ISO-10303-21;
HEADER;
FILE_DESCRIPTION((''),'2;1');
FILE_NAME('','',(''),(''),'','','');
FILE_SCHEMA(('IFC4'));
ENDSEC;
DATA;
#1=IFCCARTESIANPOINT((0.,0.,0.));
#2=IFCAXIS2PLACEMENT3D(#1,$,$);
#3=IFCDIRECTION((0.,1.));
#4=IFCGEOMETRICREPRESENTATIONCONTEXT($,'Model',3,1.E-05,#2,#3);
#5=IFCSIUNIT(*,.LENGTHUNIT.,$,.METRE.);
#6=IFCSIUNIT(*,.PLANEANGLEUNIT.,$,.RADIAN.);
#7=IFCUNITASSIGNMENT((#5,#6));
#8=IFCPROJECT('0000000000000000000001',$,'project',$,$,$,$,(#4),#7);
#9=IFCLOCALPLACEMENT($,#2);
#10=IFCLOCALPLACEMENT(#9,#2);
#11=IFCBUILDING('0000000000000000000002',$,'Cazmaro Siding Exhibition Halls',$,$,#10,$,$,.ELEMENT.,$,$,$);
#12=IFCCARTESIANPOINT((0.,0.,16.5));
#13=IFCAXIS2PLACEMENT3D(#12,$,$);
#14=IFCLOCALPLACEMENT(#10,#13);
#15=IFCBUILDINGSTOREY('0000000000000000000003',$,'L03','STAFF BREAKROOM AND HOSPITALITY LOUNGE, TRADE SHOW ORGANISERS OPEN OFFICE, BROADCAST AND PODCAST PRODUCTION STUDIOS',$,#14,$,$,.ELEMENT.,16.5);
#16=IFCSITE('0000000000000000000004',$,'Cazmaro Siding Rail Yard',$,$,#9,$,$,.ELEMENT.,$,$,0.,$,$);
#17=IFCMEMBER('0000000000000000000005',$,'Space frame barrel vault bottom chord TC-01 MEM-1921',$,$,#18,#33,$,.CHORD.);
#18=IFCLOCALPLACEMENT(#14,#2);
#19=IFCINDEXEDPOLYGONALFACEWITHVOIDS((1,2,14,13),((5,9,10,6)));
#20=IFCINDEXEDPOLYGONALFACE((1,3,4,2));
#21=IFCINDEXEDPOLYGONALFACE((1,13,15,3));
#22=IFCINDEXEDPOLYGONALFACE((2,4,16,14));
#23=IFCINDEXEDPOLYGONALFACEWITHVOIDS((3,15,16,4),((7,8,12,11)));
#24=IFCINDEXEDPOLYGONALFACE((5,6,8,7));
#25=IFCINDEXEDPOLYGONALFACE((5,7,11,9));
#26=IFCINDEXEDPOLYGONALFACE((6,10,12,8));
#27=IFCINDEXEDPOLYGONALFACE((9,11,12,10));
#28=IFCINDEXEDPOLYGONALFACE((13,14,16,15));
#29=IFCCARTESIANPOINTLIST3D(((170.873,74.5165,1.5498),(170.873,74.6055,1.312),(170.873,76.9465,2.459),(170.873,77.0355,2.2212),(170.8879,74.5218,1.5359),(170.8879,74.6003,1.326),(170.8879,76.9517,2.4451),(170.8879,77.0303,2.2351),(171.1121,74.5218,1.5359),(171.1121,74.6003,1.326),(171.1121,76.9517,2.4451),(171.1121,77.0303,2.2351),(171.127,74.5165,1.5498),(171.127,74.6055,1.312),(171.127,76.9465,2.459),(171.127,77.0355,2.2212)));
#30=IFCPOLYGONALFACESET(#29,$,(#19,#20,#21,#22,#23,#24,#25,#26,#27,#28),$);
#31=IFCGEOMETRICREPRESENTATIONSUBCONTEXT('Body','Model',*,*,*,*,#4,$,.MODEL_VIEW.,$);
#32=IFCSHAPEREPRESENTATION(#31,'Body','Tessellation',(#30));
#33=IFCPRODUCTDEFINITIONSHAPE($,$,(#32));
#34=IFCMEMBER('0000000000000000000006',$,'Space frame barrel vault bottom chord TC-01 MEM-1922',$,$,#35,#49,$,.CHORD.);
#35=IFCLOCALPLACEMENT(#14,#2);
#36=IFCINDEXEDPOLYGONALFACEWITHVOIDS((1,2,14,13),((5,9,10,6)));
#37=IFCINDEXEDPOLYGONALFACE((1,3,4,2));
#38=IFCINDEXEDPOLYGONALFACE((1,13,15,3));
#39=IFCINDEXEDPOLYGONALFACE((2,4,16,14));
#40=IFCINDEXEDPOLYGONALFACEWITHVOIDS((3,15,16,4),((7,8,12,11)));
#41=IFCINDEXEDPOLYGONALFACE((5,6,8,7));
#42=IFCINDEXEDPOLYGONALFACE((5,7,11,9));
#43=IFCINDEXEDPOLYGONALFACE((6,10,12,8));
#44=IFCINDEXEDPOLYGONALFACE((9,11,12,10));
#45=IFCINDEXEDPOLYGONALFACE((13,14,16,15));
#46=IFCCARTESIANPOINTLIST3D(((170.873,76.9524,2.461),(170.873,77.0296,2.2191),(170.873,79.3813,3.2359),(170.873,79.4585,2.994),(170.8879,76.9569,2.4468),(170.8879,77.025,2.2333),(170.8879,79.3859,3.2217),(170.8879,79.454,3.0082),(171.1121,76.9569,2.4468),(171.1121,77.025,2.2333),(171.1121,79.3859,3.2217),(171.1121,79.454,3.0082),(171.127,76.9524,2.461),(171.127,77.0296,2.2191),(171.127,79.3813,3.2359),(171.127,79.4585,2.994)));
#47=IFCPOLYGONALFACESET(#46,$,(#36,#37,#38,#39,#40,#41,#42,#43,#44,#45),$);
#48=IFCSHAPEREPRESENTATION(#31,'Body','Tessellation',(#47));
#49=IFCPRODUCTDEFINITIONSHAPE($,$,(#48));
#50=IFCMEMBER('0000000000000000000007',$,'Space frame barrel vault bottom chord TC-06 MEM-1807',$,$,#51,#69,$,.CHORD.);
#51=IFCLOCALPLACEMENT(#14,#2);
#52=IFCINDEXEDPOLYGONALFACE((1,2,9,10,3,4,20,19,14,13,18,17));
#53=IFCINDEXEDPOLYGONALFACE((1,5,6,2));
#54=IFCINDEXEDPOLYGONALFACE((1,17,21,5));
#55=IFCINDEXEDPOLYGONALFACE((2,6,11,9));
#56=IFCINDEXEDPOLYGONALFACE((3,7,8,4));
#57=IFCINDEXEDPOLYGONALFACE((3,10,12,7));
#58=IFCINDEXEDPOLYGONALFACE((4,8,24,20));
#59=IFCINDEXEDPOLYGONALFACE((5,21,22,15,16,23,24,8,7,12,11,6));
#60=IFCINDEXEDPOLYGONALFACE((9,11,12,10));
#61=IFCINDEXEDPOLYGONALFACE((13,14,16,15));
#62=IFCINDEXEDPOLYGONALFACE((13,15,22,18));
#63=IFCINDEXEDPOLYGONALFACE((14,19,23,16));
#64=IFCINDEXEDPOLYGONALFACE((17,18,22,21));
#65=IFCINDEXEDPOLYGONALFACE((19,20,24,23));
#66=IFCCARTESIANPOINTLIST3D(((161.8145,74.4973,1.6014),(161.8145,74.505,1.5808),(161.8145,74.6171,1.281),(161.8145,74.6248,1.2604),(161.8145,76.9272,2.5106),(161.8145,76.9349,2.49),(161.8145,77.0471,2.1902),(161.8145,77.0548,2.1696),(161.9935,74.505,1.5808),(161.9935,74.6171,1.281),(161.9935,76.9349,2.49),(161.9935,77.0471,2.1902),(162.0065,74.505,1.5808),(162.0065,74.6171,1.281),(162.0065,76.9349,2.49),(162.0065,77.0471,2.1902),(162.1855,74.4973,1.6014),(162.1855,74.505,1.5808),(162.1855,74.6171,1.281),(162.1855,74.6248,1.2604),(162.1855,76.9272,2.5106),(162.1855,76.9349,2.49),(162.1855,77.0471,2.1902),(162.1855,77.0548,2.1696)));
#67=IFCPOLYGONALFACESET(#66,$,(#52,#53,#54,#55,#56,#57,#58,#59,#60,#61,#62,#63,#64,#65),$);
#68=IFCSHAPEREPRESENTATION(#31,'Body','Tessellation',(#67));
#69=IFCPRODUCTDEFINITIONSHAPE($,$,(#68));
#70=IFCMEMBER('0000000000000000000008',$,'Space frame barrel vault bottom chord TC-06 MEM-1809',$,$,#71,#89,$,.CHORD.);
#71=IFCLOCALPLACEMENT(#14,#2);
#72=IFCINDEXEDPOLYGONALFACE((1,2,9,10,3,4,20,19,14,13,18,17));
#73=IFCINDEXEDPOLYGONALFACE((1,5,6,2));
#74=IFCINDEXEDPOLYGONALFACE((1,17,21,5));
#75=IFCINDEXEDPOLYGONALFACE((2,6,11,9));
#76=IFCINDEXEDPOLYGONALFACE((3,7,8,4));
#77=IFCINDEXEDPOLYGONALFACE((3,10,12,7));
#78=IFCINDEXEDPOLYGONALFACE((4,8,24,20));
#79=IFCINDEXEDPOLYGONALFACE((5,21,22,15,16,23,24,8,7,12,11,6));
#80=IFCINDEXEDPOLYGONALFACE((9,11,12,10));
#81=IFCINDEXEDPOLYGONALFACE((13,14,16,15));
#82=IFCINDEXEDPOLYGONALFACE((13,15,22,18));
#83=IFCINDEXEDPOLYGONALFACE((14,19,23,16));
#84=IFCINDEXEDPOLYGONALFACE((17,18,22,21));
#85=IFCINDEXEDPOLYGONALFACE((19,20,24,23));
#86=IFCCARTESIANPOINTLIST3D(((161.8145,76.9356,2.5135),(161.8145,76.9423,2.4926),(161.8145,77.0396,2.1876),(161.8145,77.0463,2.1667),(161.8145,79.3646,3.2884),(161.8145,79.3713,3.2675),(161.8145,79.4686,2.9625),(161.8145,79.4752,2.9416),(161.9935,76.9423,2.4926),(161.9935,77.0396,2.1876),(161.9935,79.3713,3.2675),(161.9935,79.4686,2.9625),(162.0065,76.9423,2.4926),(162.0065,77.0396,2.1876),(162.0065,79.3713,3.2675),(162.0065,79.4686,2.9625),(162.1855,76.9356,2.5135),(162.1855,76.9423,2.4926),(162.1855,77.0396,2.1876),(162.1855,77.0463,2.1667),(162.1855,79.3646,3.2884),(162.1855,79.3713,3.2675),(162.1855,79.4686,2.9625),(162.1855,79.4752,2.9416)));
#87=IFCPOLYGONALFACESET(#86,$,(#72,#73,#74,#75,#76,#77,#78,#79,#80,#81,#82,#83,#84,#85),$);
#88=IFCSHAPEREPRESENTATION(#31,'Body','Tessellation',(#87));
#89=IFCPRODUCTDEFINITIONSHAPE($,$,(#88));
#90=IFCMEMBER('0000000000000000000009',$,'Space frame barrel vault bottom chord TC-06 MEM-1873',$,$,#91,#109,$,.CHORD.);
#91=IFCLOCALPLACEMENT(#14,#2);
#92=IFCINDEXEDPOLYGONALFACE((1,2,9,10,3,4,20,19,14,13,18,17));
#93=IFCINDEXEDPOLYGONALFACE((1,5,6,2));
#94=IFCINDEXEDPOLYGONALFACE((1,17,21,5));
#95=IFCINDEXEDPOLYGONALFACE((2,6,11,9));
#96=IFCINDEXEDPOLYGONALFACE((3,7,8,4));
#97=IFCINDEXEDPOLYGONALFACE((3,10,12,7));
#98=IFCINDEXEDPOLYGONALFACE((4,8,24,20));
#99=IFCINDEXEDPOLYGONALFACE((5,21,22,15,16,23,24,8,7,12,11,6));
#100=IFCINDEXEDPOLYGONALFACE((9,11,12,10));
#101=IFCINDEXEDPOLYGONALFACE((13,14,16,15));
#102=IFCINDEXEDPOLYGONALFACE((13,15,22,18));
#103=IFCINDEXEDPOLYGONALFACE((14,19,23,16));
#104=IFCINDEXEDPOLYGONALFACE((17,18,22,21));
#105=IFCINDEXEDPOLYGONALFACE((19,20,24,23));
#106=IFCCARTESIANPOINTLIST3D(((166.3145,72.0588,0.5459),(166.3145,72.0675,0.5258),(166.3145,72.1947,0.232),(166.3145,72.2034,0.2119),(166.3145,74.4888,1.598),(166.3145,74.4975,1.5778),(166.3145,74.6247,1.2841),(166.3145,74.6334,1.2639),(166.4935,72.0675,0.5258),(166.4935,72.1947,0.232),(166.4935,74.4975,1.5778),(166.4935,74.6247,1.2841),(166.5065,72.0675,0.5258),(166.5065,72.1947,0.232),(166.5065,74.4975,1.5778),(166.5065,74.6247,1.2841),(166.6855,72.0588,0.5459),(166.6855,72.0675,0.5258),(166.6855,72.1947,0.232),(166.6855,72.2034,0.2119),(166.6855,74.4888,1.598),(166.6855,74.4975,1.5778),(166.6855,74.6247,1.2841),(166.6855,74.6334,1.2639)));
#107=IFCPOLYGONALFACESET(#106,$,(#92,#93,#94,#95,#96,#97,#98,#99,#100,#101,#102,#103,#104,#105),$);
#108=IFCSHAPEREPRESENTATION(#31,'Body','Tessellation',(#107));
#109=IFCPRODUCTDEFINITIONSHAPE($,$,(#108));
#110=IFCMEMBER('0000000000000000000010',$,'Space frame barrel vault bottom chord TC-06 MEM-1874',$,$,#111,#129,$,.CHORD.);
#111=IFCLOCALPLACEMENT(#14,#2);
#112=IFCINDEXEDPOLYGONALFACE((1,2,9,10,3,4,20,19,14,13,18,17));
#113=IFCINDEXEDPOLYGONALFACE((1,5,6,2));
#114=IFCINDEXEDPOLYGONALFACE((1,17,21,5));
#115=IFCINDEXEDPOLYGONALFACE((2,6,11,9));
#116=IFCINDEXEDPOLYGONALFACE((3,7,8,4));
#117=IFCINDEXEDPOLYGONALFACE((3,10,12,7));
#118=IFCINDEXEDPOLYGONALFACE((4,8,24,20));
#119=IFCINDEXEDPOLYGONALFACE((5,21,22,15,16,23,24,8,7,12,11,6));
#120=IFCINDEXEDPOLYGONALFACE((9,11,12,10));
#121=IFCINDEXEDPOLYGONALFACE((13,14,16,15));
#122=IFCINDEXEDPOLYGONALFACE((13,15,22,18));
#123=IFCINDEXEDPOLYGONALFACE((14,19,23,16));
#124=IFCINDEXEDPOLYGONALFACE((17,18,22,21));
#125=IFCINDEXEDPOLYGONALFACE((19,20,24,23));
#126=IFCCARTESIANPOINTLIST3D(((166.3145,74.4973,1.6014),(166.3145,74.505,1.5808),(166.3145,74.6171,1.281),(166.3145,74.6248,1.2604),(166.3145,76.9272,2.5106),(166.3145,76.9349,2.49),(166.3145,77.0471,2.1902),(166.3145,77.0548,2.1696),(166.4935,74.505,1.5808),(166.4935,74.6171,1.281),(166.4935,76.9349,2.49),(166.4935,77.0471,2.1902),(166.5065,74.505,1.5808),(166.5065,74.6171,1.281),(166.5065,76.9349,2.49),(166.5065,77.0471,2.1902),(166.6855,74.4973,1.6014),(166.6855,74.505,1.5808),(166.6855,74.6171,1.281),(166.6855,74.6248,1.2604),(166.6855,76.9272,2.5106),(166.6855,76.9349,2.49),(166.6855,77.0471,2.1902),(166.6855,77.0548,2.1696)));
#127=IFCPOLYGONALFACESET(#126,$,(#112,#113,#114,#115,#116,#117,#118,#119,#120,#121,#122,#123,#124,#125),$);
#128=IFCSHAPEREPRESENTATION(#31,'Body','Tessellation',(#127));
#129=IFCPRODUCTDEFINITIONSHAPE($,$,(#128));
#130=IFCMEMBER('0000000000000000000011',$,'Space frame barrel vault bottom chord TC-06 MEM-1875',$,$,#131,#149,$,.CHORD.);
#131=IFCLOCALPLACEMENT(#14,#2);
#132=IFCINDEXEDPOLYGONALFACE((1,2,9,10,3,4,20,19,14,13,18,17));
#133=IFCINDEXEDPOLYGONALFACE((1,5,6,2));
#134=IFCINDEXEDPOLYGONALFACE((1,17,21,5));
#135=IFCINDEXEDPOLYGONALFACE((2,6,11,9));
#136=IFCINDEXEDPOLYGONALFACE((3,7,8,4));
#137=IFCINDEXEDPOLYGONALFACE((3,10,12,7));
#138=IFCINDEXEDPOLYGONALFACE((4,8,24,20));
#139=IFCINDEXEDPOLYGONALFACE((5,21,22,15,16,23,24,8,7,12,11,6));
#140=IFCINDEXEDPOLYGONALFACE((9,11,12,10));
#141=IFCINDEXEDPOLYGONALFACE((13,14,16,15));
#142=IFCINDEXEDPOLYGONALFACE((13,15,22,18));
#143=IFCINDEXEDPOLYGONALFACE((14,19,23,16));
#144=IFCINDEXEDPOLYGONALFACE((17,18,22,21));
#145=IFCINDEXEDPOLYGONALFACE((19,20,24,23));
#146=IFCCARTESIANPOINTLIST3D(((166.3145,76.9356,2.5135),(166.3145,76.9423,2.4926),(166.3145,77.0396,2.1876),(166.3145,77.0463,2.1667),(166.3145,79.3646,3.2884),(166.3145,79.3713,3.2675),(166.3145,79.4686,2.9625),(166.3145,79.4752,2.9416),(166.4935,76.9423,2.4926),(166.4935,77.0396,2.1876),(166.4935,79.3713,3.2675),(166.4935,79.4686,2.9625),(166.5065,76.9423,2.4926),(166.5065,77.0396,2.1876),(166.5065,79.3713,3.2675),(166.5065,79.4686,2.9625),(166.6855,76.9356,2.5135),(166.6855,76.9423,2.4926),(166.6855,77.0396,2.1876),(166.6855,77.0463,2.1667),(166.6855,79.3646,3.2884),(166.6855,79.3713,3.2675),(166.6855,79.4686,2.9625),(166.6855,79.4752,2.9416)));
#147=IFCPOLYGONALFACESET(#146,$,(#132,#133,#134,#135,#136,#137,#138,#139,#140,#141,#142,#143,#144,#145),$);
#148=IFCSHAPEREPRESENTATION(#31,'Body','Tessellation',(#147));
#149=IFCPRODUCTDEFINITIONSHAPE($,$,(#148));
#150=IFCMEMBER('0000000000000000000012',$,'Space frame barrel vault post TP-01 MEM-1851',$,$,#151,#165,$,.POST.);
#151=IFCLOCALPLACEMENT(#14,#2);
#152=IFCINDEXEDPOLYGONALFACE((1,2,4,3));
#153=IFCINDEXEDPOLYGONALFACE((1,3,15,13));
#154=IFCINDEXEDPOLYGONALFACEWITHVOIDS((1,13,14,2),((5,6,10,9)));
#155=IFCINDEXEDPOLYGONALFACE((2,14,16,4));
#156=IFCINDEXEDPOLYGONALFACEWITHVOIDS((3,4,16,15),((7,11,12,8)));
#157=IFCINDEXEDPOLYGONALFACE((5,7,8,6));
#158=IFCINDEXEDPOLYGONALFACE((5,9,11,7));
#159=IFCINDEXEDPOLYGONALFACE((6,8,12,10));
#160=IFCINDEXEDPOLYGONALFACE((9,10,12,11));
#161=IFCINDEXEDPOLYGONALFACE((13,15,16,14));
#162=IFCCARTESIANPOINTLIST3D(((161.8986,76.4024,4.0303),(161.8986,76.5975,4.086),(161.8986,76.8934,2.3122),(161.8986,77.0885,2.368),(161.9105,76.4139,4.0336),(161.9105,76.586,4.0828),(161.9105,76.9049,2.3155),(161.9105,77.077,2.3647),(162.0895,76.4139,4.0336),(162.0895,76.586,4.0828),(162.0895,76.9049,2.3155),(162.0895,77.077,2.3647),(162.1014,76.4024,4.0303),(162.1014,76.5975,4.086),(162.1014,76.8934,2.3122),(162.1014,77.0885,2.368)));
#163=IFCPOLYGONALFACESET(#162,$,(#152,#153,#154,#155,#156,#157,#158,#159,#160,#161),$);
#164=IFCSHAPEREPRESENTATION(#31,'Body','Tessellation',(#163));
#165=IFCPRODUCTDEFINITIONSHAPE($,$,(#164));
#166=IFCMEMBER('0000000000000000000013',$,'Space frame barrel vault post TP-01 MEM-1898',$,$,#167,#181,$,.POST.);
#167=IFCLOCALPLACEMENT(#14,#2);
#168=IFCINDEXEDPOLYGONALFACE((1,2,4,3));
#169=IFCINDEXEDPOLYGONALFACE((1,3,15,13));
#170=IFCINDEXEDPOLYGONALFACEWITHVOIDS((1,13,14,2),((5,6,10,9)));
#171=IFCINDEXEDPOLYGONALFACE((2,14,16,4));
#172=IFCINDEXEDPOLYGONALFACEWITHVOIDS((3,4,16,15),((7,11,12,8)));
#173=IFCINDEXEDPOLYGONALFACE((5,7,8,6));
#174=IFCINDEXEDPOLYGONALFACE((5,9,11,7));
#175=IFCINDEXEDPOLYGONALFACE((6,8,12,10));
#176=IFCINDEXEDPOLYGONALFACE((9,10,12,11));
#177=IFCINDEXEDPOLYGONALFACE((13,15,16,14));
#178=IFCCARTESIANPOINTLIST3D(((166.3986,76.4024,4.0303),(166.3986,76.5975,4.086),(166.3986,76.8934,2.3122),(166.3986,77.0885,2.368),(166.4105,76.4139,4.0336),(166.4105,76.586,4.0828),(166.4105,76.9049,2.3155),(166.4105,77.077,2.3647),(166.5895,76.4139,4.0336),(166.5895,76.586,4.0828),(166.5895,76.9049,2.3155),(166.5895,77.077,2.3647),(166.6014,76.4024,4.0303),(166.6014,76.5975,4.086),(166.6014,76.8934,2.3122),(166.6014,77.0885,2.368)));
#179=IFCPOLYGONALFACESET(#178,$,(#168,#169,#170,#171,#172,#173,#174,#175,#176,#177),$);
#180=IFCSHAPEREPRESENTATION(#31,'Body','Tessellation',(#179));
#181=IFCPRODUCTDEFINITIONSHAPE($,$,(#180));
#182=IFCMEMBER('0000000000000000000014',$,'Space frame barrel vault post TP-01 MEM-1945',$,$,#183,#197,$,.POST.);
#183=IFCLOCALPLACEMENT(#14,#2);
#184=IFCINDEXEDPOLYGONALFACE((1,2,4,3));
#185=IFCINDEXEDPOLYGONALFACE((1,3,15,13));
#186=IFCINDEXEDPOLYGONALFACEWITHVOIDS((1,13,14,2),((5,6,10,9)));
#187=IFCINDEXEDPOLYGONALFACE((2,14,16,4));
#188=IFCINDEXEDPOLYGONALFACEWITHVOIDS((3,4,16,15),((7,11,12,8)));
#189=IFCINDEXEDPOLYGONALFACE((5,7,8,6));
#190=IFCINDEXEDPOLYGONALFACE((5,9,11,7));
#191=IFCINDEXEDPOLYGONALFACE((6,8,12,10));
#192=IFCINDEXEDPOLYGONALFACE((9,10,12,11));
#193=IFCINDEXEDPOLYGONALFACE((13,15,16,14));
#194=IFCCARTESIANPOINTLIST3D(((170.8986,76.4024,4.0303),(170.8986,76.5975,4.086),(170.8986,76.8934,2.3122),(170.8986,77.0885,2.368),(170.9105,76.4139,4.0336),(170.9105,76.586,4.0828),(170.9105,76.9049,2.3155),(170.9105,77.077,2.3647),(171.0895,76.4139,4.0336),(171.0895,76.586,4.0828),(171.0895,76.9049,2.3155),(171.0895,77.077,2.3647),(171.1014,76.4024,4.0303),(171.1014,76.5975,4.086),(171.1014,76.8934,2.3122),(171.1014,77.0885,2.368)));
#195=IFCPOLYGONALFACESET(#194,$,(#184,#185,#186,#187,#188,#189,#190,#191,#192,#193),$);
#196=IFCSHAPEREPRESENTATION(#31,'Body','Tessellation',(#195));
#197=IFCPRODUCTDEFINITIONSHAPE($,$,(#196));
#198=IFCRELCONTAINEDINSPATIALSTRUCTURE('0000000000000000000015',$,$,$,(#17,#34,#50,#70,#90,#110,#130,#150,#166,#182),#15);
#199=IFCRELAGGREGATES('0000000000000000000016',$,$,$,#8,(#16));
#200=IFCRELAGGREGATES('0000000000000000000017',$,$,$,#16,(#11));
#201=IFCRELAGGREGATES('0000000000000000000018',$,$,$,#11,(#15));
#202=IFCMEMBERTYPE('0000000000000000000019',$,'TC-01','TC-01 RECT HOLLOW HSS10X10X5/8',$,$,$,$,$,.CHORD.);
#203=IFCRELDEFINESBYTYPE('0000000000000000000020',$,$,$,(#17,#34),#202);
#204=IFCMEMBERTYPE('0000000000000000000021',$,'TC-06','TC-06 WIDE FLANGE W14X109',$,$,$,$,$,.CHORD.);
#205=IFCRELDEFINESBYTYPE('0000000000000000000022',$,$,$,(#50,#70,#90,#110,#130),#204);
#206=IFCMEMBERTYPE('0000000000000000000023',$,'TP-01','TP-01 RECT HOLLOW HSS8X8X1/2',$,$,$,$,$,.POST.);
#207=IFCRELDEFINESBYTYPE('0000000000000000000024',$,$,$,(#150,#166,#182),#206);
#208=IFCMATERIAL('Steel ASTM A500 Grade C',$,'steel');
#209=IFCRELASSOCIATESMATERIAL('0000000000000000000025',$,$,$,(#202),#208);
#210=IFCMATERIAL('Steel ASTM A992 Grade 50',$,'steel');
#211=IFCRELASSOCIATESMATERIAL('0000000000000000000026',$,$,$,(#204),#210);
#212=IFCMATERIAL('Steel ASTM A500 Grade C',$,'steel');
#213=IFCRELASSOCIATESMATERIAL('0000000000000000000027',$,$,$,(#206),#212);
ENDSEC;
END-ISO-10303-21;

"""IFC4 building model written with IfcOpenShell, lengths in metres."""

from ifc_helpers import new_model, si_unit, direction, frame, origin, origin_2d, place, context, subcontext, project, spatial, hollow_rectangle, i_section, extrude, material, material_profile, profile_set, type_object, element, save


model = new_model("IFC4")

# Units and contexts
model_context = context("Model", 3, precision=1e-05, world=origin(), true_north=direction((0.0, 1.0)))
body_context = subcontext(model_context, "Body", "Model", "MODEL_VIEW")
ifc_project = project(units=[si_unit("LENGTHUNIT", "METRE"), si_unit("PLANEANGLEUNIT", "RADIAN")], contexts=[model_context])

# Site, building, storey
site_placement = place(None, origin())
site = spatial("IfcSite", under=ifc_project, at=site_placement, Name="Cazmaro Siding Rail Yard", CompositionType="ELEMENT", RefElevation=0.0)
building_placement = place(site_placement, origin())
building = spatial("IfcBuilding", under=site, at=building_placement, Name="Cazmaro Siding Exhibition Halls", CompositionType="ELEMENT")
storey_placement = place(building_placement, frame((0.0, 0.0, 16.5)))
storey = spatial("IfcBuildingStorey", under=building, at=storey_placement, Name="L03", Description="STAFF BREAKROOM AND HOSPITALITY LOUNGE, TRADE SHOW ORGANISERS OPEN OFFICE, BROADCAST AND PODCAST PRODUCTION STUDIOS", CompositionType="ELEMENT", Elevation=16.5)

# Members
ifc_material_1 = material(Name="Steel ASTM A500 Grade C", Category="steel")
ifc_material_profile_1 = material_profile(ifc_material_1, hollow_rectangle(XDim=0.2539, YDim=0.2539, WallThickness=0.0149, at=origin_2d()), Name="HSS10X10X5/8")
ifc_profile_set_1 = profile_set([ifc_material_profile_1], Name="Steel ASTM A500 Grade C")
member_type_1 = type_object("IfcMemberType", Name="TC-01", Description="TC-01 RECT HOLLOW HSS10X10X5/8", PredefinedType="CHORD", material=ifc_profile_set_1)
member_1_placement = place(storey_placement, frame((171.0, 74.561, 1.4309), z_axis=(0.0, 0.936588, 0.350432), x_axis=(-1.0, 0.0, 0.0)))
element("IfcMember", 1, at=member_1_placement, inside=storey, type_object=member_type_1, Name="Space frame barrel vault bottom chord TC-01 MEM-1921", PredefinedType="CHORD", context=body_context, shape_type="SweptSolid", body=[
    extrude(hollow_rectangle(XDim=0.2539, YDim=0.2539, WallThickness=0.0149, at=origin_2d()), origin(), (0.0, 0.0, 1.0), 2.5945),
])
member_2_placement = place(storey_placement, frame((171.0, 76.991, 2.3401), z_axis=(0.0, 0.952693, 0.303935), x_axis=(-1.0, 0.0, 0.0)))
element("IfcMember", 2, at=member_2_placement, inside=storey, type_object=member_type_1, Name="Space frame barrel vault bottom chord TC-01 MEM-1922", PredefinedType="CHORD", context=body_context, shape_type="SweptSolid", body=[
    extrude(hollow_rectangle(XDim=0.2539, YDim=0.2539, WallThickness=0.0149, at=origin_2d()), origin(), (0.0, 0.0, 1.0), 2.5496),
])
ifc_material_2 = material(Name="Steel ASTM A992 Grade 50", Category="steel")
ifc_material_profile_2 = material_profile(ifc_material_2, i_section(OverallWidth=0.3711, OverallDepth=0.364, WebThickness=0.0129, FlangeThickness=0.022, at=origin_2d()), Name="W14X109")
ifc_profile_set_2 = profile_set([ifc_material_profile_2], Name="Steel ASTM A992 Grade 50")
member_type_2 = type_object("IfcMemberType", Name="TC-06", Description="TC-06 WIDE FLANGE W14X109", PredefinedType="CHORD", material=ifc_profile_set_2)
member_3_placement = place(storey_placement, frame((162.0, 74.561, 1.4309), z_axis=(0.0, 0.936588, 0.350432), x_axis=(-1.0, 0.0, 0.0)))
element("IfcMember", 3, at=member_3_placement, inside=storey, type_object=member_type_2, Name="Space frame barrel vault bottom chord TC-06 MEM-1807", PredefinedType="CHORD", context=body_context, shape_type="SweptSolid", body=[
    extrude(i_section(OverallWidth=0.3711, OverallDepth=0.364, WebThickness=0.0129, FlangeThickness=0.022, at=origin_2d()), origin(), (0.0, 0.0, 1.0), 2.5945),
])
member_4_placement = place(storey_placement, frame((162.0, 76.991, 2.3401), z_axis=(0.0, 0.952693, 0.303935), x_axis=(-1.0, 0.0, 0.0)))
element("IfcMember", 4, at=member_4_placement, inside=storey, type_object=member_type_2, Name="Space frame barrel vault bottom chord TC-06 MEM-1809", PredefinedType="CHORD", context=body_context, shape_type="SweptSolid", body=[
    extrude(i_section(OverallWidth=0.3711, OverallDepth=0.364, WebThickness=0.0129, FlangeThickness=0.022, at=origin_2d()), origin(), (0.0, 0.0, 1.0), 2.5496),
])
member_5_placement = place(storey_placement, frame((166.5, 72.1311, 0.3789), z_axis=(0.0, 0.917689, 0.397299), x_axis=(-1.0, 0.0, 0.0)))
element("IfcMember", 5, at=member_5_placement, inside=storey, type_object=member_type_2, Name="Space frame barrel vault bottom chord TC-06 MEM-1873", PredefinedType="CHORD", context=body_context, shape_type="SweptSolid", body=[
    extrude(i_section(OverallWidth=0.3711, OverallDepth=0.364, WebThickness=0.0129, FlangeThickness=0.022, at=origin_2d()), origin(), (0.0, 0.0, 1.0), 2.6479),
])
member_6_placement = place(storey_placement, frame((166.5, 74.561, 1.4309), z_axis=(0.0, 0.936588, 0.350432), x_axis=(-1.0, 0.0, 0.0)))
element("IfcMember", 6, at=member_6_placement, inside=storey, type_object=member_type_2, Name="Space frame barrel vault bottom chord TC-06 MEM-1874", PredefinedType="CHORD", context=body_context, shape_type="SweptSolid", body=[
    extrude(i_section(OverallWidth=0.3711, OverallDepth=0.364, WebThickness=0.0129, FlangeThickness=0.022, at=origin_2d()), origin(), (0.0, 0.0, 1.0), 2.5945),
])
member_7_placement = place(storey_placement, frame((166.5, 76.991, 2.3401), z_axis=(0.0, 0.952693, 0.303935), x_axis=(-1.0, 0.0, 0.0)))
element("IfcMember", 7, at=member_7_placement, inside=storey, type_object=member_type_2, Name="Space frame barrel vault bottom chord TC-06 MEM-1875", PredefinedType="CHORD", context=body_context, shape_type="SweptSolid", body=[
    extrude(i_section(OverallWidth=0.3711, OverallDepth=0.364, WebThickness=0.0129, FlangeThickness=0.022, at=origin_2d()), origin(), (0.0, 0.0, 1.0), 2.5496),
])
ifc_material_3 = material(Name="Steel ASTM A500 Grade C", Category="steel")
ifc_material_profile_3 = material_profile(ifc_material_3, hollow_rectangle(XDim=0.2029, YDim=0.2029, WallThickness=0.012, at=origin_2d()), Name="HSS8X8X1/2")
ifc_profile_set_3 = profile_set([ifc_material_profile_3], Name="Steel ASTM A500 Grade C")
member_type_3 = type_object("IfcMemberType", Name="TP-01", Description="TP-01 RECT HOLLOW HSS8X8X1/2", PredefinedType="POST", material=ifc_profile_set_3)
for number, where, z_axis, x_axis, name in (
    (8, (162.0, 76.991, 2.3401), (0.0, -0.274775, 0.961508), (1.0, 0.0, 0.0), "Space frame barrel vault post TP-01 MEM-1851"),
    (9, (166.5, 76.991, 2.3401), (0.0, -0.274775, 0.961508), (1.0, 0.0, 0.0), "Space frame barrel vault post TP-01 MEM-1898"),
    (10, (171.0, 76.991, 2.3401), (0.0, -0.274775, 0.961508), (1.0, 0.0, 0.0), "Space frame barrel vault post TP-01 MEM-1945"),
):
    element("IfcMember", number, at=place(storey_placement, frame(where, z_axis=z_axis, x_axis=x_axis)), inside=storey, type_object=member_type_3, Name=name, PredefinedType="POST", context=body_context, shape_type="SweptSolid", body=[
        extrude(hollow_rectangle(XDim=0.2029, YDim=0.2029, WallThickness=0.012, at=origin_2d()), origin(), (0.0, 0.0, 1.0), 1.7869),
    ])

save(model, "model.ifc")
